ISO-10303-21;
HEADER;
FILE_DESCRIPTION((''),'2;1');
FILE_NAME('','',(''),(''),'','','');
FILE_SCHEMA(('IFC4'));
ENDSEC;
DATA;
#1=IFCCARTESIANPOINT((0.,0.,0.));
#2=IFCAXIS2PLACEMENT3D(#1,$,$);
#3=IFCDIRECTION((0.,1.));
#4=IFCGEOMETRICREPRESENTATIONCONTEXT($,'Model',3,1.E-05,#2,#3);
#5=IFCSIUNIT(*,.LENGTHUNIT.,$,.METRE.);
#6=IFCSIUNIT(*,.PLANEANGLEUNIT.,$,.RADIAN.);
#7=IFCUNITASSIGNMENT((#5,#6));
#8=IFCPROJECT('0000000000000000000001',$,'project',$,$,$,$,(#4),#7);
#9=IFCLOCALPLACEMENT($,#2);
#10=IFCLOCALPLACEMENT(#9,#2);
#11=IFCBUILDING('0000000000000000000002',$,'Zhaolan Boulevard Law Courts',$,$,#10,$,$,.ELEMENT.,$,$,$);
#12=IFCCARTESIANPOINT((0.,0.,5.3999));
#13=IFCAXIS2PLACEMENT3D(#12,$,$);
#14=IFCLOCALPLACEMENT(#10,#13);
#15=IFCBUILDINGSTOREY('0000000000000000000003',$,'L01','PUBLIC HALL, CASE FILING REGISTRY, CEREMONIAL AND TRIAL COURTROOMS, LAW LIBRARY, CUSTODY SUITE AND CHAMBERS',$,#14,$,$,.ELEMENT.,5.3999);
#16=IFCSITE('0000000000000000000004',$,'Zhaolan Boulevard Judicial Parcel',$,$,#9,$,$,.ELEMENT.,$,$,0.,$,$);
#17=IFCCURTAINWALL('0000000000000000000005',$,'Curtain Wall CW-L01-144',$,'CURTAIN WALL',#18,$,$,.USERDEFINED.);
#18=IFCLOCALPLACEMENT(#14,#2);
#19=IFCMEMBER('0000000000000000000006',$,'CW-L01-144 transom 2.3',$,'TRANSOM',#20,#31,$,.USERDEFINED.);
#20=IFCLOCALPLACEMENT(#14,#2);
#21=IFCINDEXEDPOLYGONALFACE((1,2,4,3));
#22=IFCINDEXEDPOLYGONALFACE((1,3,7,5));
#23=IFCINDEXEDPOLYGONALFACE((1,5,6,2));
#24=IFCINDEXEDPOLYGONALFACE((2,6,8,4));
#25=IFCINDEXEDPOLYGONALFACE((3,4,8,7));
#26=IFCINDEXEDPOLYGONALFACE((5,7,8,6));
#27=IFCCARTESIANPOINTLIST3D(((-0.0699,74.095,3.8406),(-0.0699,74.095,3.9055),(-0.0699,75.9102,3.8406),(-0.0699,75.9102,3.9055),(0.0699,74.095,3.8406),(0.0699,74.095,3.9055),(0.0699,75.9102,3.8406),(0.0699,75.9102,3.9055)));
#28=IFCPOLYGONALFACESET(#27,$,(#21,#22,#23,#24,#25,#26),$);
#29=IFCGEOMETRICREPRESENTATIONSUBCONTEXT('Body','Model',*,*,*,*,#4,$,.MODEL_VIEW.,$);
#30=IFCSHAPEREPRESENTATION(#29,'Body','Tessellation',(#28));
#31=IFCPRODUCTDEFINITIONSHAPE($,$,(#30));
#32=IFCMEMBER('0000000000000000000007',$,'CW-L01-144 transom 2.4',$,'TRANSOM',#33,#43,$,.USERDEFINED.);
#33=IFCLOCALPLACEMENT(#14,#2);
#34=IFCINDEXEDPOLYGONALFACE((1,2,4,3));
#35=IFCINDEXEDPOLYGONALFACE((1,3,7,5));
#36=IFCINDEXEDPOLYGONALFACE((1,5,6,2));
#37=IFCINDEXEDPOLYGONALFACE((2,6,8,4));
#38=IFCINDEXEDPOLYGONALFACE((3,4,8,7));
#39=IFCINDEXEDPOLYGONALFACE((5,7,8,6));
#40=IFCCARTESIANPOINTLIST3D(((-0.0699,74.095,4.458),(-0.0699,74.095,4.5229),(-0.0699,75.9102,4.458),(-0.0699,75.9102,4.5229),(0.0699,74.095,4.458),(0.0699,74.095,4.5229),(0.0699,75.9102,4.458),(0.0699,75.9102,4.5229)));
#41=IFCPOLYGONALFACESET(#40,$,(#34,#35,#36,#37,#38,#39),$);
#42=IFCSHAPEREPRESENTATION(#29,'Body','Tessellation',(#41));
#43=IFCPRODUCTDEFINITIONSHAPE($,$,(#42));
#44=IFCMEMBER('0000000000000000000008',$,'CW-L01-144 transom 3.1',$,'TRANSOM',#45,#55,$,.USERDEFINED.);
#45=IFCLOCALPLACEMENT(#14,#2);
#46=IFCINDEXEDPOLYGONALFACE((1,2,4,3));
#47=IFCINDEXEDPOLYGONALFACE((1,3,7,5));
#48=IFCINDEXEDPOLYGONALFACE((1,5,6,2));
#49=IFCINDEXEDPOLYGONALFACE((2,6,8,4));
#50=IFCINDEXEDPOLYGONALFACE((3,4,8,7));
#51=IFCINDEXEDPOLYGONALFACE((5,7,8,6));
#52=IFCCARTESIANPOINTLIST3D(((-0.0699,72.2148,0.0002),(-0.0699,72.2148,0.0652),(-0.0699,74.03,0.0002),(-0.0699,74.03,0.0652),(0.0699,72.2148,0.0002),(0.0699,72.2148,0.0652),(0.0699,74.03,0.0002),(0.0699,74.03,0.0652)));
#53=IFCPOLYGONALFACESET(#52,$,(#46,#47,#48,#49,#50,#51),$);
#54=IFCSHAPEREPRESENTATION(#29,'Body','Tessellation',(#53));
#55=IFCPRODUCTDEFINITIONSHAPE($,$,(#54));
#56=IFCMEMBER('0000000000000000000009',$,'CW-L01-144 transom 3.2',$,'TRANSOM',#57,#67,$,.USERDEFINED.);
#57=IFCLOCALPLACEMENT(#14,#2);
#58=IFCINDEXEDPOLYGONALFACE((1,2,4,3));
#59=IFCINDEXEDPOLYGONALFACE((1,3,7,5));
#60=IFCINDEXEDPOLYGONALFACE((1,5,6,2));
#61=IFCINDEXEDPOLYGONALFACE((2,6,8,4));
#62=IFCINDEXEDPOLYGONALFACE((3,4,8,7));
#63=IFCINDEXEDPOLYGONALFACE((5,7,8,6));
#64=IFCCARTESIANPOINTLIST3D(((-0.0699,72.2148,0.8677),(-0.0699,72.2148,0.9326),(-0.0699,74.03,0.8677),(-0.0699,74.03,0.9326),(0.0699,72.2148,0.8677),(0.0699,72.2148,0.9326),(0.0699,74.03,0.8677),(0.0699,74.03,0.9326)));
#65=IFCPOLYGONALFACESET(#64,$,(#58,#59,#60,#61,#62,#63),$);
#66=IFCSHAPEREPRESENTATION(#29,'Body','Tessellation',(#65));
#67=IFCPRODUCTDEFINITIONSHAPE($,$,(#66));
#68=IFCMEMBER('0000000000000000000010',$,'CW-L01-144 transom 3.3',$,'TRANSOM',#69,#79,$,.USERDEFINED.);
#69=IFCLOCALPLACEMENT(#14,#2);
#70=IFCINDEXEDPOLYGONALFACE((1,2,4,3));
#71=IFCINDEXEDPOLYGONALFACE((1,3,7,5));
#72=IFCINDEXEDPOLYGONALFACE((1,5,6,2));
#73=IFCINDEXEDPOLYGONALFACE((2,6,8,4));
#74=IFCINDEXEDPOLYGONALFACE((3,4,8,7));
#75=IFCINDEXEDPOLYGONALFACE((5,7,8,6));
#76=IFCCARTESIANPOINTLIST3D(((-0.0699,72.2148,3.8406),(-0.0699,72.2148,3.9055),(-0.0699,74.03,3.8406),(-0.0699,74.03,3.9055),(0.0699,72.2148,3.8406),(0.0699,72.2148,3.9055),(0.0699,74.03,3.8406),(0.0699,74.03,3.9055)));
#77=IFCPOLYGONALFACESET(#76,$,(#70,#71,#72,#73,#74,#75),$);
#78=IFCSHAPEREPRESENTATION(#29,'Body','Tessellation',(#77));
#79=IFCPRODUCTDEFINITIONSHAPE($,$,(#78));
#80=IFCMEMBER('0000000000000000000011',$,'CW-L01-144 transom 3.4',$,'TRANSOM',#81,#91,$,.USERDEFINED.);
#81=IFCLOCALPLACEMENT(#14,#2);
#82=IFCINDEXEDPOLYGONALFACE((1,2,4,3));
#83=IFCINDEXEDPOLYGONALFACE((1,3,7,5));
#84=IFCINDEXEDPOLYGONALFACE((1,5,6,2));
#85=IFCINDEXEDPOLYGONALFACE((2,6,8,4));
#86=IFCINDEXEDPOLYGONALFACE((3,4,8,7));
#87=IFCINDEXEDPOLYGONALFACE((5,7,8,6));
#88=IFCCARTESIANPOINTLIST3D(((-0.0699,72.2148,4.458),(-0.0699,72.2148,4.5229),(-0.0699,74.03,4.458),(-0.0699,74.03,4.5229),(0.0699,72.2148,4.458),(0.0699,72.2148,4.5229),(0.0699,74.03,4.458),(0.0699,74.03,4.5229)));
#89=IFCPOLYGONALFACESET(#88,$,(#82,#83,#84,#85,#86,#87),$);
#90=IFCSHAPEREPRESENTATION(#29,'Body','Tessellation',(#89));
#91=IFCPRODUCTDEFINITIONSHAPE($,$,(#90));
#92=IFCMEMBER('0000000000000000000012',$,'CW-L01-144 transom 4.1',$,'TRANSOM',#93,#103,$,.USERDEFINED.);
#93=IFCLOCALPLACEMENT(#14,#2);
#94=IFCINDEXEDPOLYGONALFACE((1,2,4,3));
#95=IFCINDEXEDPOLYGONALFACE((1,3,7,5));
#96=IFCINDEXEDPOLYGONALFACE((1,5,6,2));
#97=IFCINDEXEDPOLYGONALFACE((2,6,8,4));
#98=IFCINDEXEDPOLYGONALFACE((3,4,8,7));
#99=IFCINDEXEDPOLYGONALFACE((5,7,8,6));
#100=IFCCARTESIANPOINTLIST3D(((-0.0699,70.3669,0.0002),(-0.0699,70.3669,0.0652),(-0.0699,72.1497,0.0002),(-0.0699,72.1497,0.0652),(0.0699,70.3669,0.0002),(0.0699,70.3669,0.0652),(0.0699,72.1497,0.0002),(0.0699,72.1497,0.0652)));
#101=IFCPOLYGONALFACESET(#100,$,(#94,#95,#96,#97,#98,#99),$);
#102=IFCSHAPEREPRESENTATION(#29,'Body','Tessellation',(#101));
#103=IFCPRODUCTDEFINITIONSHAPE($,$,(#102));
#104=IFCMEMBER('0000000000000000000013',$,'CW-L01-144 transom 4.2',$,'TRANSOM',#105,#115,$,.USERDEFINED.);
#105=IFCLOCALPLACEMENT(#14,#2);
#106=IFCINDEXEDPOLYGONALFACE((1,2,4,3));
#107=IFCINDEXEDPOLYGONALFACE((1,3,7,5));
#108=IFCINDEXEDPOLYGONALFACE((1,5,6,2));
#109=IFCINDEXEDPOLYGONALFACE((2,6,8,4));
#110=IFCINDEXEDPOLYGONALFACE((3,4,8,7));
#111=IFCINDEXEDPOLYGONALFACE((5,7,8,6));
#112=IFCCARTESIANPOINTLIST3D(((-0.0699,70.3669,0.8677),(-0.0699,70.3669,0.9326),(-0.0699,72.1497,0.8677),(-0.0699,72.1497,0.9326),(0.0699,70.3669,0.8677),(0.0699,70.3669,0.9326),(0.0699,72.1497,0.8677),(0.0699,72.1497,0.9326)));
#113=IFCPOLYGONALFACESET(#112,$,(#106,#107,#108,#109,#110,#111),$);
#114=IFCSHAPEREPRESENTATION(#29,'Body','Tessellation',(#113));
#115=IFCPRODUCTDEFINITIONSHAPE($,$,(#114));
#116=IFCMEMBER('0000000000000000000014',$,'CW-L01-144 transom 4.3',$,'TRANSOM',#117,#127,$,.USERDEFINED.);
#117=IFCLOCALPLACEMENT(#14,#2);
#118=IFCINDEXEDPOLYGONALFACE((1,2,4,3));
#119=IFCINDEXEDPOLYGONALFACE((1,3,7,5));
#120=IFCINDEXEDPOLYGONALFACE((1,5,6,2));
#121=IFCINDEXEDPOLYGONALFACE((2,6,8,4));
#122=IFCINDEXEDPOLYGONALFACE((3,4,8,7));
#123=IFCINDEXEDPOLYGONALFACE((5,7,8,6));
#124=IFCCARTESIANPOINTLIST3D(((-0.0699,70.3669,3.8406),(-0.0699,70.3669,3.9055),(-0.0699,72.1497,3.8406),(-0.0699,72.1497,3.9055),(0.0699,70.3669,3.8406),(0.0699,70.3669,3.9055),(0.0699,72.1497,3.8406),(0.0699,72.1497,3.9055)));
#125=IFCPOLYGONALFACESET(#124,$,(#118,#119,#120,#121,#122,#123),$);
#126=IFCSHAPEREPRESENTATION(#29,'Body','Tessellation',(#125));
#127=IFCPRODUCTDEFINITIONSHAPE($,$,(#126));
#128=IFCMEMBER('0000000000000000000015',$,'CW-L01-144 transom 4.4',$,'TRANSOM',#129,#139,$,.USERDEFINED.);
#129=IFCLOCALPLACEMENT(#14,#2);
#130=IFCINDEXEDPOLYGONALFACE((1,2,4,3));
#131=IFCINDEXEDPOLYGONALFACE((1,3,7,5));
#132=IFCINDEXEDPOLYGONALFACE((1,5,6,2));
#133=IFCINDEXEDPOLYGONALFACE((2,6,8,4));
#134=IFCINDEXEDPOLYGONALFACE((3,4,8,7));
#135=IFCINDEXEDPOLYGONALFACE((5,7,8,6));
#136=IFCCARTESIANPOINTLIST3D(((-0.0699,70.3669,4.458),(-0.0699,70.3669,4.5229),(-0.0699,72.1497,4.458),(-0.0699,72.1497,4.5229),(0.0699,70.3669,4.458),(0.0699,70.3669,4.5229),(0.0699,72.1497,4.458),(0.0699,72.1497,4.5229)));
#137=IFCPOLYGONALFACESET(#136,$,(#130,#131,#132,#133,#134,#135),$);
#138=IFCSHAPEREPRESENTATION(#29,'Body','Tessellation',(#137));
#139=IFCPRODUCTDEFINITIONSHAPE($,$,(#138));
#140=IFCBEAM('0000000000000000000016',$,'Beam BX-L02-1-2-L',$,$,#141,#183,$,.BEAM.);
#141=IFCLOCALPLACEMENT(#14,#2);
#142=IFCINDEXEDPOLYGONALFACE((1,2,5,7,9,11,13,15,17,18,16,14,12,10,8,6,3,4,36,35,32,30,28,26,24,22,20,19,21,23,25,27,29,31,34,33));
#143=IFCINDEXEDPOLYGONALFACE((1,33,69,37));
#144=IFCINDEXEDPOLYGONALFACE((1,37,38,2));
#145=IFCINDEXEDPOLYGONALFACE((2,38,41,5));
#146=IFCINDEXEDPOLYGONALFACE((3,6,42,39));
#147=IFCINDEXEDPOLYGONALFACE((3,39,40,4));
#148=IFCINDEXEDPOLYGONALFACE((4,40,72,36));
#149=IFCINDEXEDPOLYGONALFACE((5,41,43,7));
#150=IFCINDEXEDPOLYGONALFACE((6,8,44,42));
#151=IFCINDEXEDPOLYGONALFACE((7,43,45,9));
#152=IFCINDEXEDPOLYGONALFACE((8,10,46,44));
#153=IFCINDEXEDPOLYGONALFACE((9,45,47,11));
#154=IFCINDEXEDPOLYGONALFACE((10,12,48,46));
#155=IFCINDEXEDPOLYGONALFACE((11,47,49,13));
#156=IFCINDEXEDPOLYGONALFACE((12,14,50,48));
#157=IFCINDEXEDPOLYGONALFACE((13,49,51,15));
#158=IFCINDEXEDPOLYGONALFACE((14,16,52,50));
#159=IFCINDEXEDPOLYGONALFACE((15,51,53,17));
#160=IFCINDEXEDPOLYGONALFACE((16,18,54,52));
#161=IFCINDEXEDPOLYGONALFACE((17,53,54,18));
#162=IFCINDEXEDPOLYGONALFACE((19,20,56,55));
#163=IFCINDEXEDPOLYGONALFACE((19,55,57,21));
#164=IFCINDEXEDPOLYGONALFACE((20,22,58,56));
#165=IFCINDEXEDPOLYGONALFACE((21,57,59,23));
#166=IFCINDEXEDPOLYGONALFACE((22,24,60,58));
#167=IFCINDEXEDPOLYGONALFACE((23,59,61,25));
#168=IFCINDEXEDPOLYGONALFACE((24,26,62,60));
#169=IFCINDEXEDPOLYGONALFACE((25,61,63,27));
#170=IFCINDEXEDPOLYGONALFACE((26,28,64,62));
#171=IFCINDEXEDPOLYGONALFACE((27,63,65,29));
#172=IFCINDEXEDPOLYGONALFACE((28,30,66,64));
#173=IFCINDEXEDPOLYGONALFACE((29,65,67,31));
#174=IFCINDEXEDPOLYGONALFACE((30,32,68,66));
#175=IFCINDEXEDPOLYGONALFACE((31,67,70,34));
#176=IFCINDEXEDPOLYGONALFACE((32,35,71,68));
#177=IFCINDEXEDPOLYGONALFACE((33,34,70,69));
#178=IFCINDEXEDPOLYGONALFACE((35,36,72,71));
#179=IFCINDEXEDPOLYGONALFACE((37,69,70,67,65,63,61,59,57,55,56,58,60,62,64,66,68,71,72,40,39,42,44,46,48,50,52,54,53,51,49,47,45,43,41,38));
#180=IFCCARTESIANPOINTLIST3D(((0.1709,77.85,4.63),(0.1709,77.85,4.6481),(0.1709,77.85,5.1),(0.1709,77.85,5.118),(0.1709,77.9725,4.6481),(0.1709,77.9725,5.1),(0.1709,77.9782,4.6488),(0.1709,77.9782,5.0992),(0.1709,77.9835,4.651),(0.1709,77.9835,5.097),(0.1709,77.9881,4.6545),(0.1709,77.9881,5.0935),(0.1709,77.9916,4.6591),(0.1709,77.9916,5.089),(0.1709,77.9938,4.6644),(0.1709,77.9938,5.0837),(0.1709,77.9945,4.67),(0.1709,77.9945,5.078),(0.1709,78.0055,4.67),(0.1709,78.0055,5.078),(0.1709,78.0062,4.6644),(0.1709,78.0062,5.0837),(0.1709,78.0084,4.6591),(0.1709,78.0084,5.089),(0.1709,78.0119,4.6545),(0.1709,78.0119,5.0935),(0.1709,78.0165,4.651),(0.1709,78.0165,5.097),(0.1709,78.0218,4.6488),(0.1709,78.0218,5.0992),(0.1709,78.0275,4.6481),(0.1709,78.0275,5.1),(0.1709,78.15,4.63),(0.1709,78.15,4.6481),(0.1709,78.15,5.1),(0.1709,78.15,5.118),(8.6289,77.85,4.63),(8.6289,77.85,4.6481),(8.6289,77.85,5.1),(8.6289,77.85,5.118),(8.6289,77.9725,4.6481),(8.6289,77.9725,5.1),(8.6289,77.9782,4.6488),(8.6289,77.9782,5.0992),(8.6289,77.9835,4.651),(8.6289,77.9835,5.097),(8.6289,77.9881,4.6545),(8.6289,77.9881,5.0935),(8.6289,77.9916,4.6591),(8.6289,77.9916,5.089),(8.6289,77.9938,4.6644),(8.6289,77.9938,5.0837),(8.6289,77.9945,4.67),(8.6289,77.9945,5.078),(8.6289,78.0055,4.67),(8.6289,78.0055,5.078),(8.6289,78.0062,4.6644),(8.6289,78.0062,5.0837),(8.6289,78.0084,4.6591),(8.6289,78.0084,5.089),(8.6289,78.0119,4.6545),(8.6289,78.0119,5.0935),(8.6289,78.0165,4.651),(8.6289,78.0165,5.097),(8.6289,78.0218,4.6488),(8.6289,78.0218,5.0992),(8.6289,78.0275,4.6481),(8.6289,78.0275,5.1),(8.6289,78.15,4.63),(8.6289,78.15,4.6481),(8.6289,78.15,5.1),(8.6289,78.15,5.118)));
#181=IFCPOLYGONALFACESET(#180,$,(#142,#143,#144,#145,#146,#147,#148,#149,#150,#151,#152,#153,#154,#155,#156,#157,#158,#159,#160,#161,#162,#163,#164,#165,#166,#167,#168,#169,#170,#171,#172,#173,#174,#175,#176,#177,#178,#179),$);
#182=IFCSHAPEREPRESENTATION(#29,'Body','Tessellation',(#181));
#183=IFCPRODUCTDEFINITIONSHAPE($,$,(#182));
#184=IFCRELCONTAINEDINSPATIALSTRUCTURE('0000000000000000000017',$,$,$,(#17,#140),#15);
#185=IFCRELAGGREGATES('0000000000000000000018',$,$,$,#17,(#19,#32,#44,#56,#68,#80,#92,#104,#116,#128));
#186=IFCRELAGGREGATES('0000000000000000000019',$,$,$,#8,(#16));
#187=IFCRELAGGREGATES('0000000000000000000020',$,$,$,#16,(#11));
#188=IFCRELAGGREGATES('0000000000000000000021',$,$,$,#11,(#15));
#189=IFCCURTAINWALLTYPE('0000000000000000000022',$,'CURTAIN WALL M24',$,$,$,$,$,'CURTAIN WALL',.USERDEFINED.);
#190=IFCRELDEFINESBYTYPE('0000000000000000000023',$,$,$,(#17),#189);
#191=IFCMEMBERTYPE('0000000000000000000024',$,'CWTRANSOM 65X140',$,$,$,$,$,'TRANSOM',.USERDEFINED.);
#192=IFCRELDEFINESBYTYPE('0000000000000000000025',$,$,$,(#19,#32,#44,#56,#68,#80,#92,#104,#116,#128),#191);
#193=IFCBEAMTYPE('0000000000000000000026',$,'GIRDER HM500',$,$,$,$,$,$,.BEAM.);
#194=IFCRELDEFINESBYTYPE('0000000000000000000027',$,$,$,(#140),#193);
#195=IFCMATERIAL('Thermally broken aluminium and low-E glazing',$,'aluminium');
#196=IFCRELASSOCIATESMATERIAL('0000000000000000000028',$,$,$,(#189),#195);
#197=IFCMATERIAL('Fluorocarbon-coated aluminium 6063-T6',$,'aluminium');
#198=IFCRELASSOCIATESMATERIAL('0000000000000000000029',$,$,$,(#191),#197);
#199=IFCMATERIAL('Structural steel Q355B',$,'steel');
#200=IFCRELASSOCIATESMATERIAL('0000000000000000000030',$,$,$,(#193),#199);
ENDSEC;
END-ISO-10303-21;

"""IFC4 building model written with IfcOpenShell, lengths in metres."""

from ifc_helpers import new_model, si_unit, direction, frame, origin, origin_2d, place, context, subcontext, project, spatial, rectangle, i_section, extrude, material, material_profile, profile_set, type_object, element, aggregate, save


model = new_model("IFC4")

# Units and contexts
model_context = context("Model", 3, precision=1e-05, world=origin(), true_north=direction((0.0, 1.0)))
body_context = subcontext(model_context, "Body", "Model", "MODEL_VIEW")
ifc_project = project(units=[si_unit("LENGTHUNIT", "METRE"), si_unit("PLANEANGLEUNIT", "RADIAN")], contexts=[model_context])

# Site, building, storey
site_placement = place(None, origin())
site = spatial("IfcSite", under=ifc_project, at=site_placement, Name="Zhaolan Boulevard Judicial Parcel", CompositionType="ELEMENT", RefElevation=0.0)
building_placement = place(site_placement, origin())
building = spatial("IfcBuilding", under=site, at=building_placement, Name="Zhaolan Boulevard Law Courts", CompositionType="ELEMENT")
storey_placement = place(building_placement, frame((0.0, 0.0, 5.3999)))
storey = spatial("IfcBuildingStorey", under=building, at=storey_placement, Name="L01", Description="PUBLIC HALL, CASE FILING REGISTRY, CEREMONIAL AND TRIAL COURTROOMS, LAW LIBRARY, CUSTODY SUITE AND CHAMBERS", CompositionType="ELEMENT", Elevation=5.3999)

# Curtain wall, members
ifc_material_1 = material(Name="Thermally broken aluminium and low-E glazing", Category="aluminium")
curtain_wall_type = type_object("IfcCurtainWallType", Name="CURTAIN WALL M24", ElementType="CURTAIN WALL", PredefinedType="USERDEFINED", material=ifc_material_1)
curtain_wall_placement = place(storey_placement, origin())
curtain_wall = element("IfcCurtainWall", 1, at=curtain_wall_placement, inside=storey, type_object=curtain_wall_type, Name="Curtain Wall CW-L01-144", ObjectType="CURTAIN WALL", PredefinedType="USERDEFINED")
ifc_material_2 = material(Name="Fluorocarbon-coated aluminium 6063-T6", Category="aluminium")
ifc_material_profile_1 = material_profile(ifc_material_2, rectangle(XDim=0.1399, YDim=0.0649, at=origin_2d()), Name="AL65x140")
ifc_profile_set_1 = profile_set([ifc_material_profile_1], Name="Fluorocarbon-coated aluminium 6063-T6")
member_type_1 = type_object("IfcMemberType", Name="CWTRANSOM 65X140", ElementType="TRANSOM", PredefinedType="USERDEFINED", material=ifc_profile_set_1)
member_1_placement = place(storey_placement, frame((0.0, 75.9102, 3.873), z_axis=(0.0, -1.0, 0.0), x_axis=(1.0, 0.0, 0.0)))
member_1 = element("IfcMember", 2, at=member_1_placement, type_object=member_type_1, Name="CW-L01-144 transom 2.3", ObjectType="TRANSOM", PredefinedType="USERDEFINED", context=body_context, shape_type="SweptSolid", body=[
    extrude(rectangle(XDim=0.1399, YDim=0.0649, at=origin_2d()), origin(), (0.0, 0.0, 1.0), 1.8152),
])
member_2_placement = place(storey_placement, frame((0.0, 75.9102, 4.4905), z_axis=(0.0, -1.0, 0.0), x_axis=(1.0, 0.0, 0.0)))
member_2 = element("IfcMember", 3, at=member_2_placement, type_object=member_type_1, Name="CW-L01-144 transom 2.4", ObjectType="TRANSOM", PredefinedType="USERDEFINED", context=body_context, shape_type="SweptSolid", body=[
    extrude(rectangle(XDim=0.1399, YDim=0.0649, at=origin_2d()), origin(), (0.0, 0.0, 1.0), 1.8152),
])
member_3_placement = place(storey_placement, frame((0.0, 74.03, 0.0327), z_axis=(0.0, -1.0, 0.0), x_axis=(1.0, 0.0, 0.0)))
member_3 = element("IfcMember", 4, at=member_3_placement, type_object=member_type_1, Name="CW-L01-144 transom 3.1", ObjectType="TRANSOM", PredefinedType="USERDEFINED", context=body_context, shape_type="SweptSolid", body=[
    extrude(rectangle(XDim=0.1399, YDim=0.0649, at=origin_2d()), origin(), (0.0, 0.0, 1.0), 1.8152),
])
member_4_placement = place(storey_placement, frame((0.0, 74.03, 0.9001), z_axis=(0.0, -1.0, 0.0), x_axis=(1.0, 0.0, 0.0)))
member_4 = element("IfcMember", 5, at=member_4_placement, type_object=member_type_1, Name="CW-L01-144 transom 3.2", ObjectType="TRANSOM", PredefinedType="USERDEFINED", context=body_context, shape_type="SweptSolid", body=[
    extrude(rectangle(XDim=0.1399, YDim=0.0649, at=origin_2d()), origin(), (0.0, 0.0, 1.0), 1.8152),
])
member_5_placement = place(storey_placement, frame((0.0, 74.03, 3.873), z_axis=(0.0, -1.0, 0.0), x_axis=(1.0, 0.0, 0.0)))
member_5 = element("IfcMember", 6, at=member_5_placement, type_object=member_type_1, Name="CW-L01-144 transom 3.3", ObjectType="TRANSOM", PredefinedType="USERDEFINED", context=body_context, shape_type="SweptSolid", body=[
    extrude(rectangle(XDim=0.1399, YDim=0.0649, at=origin_2d()), origin(), (0.0, 0.0, 1.0), 1.8152),
])
member_6_placement = place(storey_placement, frame((0.0, 74.03, 4.4905), z_axis=(0.0, -1.0, 0.0), x_axis=(1.0, 0.0, 0.0)))
member_6 = element("IfcMember", 7, at=member_6_placement, type_object=member_type_1, Name="CW-L01-144 transom 3.4", ObjectType="TRANSOM", PredefinedType="USERDEFINED", context=body_context, shape_type="SweptSolid", body=[
    extrude(rectangle(XDim=0.1399, YDim=0.0649, at=origin_2d()), origin(), (0.0, 0.0, 1.0), 1.8152),
])
member_7_placement = place(storey_placement, frame((0.0, 72.1497, 0.0327), z_axis=(0.0, -1.0, 0.0), x_axis=(1.0, 0.0, 0.0)))
member_7 = element("IfcMember", 8, at=member_7_placement, type_object=member_type_1, Name="CW-L01-144 transom 4.1", ObjectType="TRANSOM", PredefinedType="USERDEFINED", context=body_context, shape_type="SweptSolid", body=[
    extrude(rectangle(XDim=0.1399, YDim=0.0649, at=origin_2d()), origin(), (0.0, 0.0, 1.0), 1.7827),
])
member_8_placement = place(storey_placement, frame((0.0, 72.1497, 0.9001), z_axis=(0.0, -1.0, 0.0), x_axis=(1.0, 0.0, 0.0)))
member_8 = element("IfcMember", 9, at=member_8_placement, type_object=member_type_1, Name="CW-L01-144 transom 4.2", ObjectType="TRANSOM", PredefinedType="USERDEFINED", context=body_context, shape_type="SweptSolid", body=[
    extrude(rectangle(XDim=0.1399, YDim=0.0649, at=origin_2d()), origin(), (0.0, 0.0, 1.0), 1.7827),
])
member_9_placement = place(storey_placement, frame((0.0, 72.1497, 3.873), z_axis=(0.0, -1.0, 0.0), x_axis=(1.0, 0.0, 0.0)))
member_9 = element("IfcMember", 10, at=member_9_placement, type_object=member_type_1, Name="CW-L01-144 transom 4.3", ObjectType="TRANSOM", PredefinedType="USERDEFINED", context=body_context, shape_type="SweptSolid", body=[
    extrude(rectangle(XDim=0.1399, YDim=0.0649, at=origin_2d()), origin(), (0.0, 0.0, 1.0), 1.7827),
])
member_10_placement = place(storey_placement, frame((0.0, 72.1497, 4.4905), z_axis=(0.0, -1.0, 0.0), x_axis=(1.0, 0.0, 0.0)))
member_10 = element("IfcMember", 11, at=member_10_placement, type_object=member_type_1, Name="CW-L01-144 transom 4.4", ObjectType="TRANSOM", PredefinedType="USERDEFINED", context=body_context, shape_type="SweptSolid", body=[
    extrude(rectangle(XDim=0.1399, YDim=0.0649, at=origin_2d()), origin(), (0.0, 0.0, 1.0), 1.7827),
])

# Beam
ifc_material_3 = material(Name="Structural steel Q355B", Category="steel")
ifc_material_profile_2 = material_profile(ifc_material_3, i_section(OverallWidth=0.3, OverallDepth=0.488, WebThickness=0.011, FlangeThickness=0.0181, FilletRadius=0.022, at=origin_2d()), Name="HM488x300")
ifc_profile_set_2 = profile_set([ifc_material_profile_2], Name="Structural steel Q355B")
beam_type_1 = type_object("IfcBeamType", Name="GIRDER HM500", PredefinedType="BEAM", material=ifc_profile_set_2)
beam_1_placement = place(storey_placement, frame((0.1709, 78.0, 4.874), z_axis=(1.0, 0.0, 0.0), x_axis=(0.0, 1.0, 0.0)))
element("IfcBeam", 12, at=beam_1_placement, inside=storey, type_object=beam_type_1, Name="Beam BX-L02-1-2-L", PredefinedType="BEAM", context=body_context, shape_type="SweptSolid", body=[
    extrude(i_section(OverallWidth=0.3, OverallDepth=0.488, WebThickness=0.011, FlangeThickness=0.0181, FilletRadius=0.022, at=origin_2d()), origin(), (0.0, 0.0, 1.0), 8.458),
])

aggregate(curtain_wall, [member_1, member_2, member_3, member_4, member_5, member_6, member_7, member_8, member_9, member_10])

save(model, "model.ifc")
